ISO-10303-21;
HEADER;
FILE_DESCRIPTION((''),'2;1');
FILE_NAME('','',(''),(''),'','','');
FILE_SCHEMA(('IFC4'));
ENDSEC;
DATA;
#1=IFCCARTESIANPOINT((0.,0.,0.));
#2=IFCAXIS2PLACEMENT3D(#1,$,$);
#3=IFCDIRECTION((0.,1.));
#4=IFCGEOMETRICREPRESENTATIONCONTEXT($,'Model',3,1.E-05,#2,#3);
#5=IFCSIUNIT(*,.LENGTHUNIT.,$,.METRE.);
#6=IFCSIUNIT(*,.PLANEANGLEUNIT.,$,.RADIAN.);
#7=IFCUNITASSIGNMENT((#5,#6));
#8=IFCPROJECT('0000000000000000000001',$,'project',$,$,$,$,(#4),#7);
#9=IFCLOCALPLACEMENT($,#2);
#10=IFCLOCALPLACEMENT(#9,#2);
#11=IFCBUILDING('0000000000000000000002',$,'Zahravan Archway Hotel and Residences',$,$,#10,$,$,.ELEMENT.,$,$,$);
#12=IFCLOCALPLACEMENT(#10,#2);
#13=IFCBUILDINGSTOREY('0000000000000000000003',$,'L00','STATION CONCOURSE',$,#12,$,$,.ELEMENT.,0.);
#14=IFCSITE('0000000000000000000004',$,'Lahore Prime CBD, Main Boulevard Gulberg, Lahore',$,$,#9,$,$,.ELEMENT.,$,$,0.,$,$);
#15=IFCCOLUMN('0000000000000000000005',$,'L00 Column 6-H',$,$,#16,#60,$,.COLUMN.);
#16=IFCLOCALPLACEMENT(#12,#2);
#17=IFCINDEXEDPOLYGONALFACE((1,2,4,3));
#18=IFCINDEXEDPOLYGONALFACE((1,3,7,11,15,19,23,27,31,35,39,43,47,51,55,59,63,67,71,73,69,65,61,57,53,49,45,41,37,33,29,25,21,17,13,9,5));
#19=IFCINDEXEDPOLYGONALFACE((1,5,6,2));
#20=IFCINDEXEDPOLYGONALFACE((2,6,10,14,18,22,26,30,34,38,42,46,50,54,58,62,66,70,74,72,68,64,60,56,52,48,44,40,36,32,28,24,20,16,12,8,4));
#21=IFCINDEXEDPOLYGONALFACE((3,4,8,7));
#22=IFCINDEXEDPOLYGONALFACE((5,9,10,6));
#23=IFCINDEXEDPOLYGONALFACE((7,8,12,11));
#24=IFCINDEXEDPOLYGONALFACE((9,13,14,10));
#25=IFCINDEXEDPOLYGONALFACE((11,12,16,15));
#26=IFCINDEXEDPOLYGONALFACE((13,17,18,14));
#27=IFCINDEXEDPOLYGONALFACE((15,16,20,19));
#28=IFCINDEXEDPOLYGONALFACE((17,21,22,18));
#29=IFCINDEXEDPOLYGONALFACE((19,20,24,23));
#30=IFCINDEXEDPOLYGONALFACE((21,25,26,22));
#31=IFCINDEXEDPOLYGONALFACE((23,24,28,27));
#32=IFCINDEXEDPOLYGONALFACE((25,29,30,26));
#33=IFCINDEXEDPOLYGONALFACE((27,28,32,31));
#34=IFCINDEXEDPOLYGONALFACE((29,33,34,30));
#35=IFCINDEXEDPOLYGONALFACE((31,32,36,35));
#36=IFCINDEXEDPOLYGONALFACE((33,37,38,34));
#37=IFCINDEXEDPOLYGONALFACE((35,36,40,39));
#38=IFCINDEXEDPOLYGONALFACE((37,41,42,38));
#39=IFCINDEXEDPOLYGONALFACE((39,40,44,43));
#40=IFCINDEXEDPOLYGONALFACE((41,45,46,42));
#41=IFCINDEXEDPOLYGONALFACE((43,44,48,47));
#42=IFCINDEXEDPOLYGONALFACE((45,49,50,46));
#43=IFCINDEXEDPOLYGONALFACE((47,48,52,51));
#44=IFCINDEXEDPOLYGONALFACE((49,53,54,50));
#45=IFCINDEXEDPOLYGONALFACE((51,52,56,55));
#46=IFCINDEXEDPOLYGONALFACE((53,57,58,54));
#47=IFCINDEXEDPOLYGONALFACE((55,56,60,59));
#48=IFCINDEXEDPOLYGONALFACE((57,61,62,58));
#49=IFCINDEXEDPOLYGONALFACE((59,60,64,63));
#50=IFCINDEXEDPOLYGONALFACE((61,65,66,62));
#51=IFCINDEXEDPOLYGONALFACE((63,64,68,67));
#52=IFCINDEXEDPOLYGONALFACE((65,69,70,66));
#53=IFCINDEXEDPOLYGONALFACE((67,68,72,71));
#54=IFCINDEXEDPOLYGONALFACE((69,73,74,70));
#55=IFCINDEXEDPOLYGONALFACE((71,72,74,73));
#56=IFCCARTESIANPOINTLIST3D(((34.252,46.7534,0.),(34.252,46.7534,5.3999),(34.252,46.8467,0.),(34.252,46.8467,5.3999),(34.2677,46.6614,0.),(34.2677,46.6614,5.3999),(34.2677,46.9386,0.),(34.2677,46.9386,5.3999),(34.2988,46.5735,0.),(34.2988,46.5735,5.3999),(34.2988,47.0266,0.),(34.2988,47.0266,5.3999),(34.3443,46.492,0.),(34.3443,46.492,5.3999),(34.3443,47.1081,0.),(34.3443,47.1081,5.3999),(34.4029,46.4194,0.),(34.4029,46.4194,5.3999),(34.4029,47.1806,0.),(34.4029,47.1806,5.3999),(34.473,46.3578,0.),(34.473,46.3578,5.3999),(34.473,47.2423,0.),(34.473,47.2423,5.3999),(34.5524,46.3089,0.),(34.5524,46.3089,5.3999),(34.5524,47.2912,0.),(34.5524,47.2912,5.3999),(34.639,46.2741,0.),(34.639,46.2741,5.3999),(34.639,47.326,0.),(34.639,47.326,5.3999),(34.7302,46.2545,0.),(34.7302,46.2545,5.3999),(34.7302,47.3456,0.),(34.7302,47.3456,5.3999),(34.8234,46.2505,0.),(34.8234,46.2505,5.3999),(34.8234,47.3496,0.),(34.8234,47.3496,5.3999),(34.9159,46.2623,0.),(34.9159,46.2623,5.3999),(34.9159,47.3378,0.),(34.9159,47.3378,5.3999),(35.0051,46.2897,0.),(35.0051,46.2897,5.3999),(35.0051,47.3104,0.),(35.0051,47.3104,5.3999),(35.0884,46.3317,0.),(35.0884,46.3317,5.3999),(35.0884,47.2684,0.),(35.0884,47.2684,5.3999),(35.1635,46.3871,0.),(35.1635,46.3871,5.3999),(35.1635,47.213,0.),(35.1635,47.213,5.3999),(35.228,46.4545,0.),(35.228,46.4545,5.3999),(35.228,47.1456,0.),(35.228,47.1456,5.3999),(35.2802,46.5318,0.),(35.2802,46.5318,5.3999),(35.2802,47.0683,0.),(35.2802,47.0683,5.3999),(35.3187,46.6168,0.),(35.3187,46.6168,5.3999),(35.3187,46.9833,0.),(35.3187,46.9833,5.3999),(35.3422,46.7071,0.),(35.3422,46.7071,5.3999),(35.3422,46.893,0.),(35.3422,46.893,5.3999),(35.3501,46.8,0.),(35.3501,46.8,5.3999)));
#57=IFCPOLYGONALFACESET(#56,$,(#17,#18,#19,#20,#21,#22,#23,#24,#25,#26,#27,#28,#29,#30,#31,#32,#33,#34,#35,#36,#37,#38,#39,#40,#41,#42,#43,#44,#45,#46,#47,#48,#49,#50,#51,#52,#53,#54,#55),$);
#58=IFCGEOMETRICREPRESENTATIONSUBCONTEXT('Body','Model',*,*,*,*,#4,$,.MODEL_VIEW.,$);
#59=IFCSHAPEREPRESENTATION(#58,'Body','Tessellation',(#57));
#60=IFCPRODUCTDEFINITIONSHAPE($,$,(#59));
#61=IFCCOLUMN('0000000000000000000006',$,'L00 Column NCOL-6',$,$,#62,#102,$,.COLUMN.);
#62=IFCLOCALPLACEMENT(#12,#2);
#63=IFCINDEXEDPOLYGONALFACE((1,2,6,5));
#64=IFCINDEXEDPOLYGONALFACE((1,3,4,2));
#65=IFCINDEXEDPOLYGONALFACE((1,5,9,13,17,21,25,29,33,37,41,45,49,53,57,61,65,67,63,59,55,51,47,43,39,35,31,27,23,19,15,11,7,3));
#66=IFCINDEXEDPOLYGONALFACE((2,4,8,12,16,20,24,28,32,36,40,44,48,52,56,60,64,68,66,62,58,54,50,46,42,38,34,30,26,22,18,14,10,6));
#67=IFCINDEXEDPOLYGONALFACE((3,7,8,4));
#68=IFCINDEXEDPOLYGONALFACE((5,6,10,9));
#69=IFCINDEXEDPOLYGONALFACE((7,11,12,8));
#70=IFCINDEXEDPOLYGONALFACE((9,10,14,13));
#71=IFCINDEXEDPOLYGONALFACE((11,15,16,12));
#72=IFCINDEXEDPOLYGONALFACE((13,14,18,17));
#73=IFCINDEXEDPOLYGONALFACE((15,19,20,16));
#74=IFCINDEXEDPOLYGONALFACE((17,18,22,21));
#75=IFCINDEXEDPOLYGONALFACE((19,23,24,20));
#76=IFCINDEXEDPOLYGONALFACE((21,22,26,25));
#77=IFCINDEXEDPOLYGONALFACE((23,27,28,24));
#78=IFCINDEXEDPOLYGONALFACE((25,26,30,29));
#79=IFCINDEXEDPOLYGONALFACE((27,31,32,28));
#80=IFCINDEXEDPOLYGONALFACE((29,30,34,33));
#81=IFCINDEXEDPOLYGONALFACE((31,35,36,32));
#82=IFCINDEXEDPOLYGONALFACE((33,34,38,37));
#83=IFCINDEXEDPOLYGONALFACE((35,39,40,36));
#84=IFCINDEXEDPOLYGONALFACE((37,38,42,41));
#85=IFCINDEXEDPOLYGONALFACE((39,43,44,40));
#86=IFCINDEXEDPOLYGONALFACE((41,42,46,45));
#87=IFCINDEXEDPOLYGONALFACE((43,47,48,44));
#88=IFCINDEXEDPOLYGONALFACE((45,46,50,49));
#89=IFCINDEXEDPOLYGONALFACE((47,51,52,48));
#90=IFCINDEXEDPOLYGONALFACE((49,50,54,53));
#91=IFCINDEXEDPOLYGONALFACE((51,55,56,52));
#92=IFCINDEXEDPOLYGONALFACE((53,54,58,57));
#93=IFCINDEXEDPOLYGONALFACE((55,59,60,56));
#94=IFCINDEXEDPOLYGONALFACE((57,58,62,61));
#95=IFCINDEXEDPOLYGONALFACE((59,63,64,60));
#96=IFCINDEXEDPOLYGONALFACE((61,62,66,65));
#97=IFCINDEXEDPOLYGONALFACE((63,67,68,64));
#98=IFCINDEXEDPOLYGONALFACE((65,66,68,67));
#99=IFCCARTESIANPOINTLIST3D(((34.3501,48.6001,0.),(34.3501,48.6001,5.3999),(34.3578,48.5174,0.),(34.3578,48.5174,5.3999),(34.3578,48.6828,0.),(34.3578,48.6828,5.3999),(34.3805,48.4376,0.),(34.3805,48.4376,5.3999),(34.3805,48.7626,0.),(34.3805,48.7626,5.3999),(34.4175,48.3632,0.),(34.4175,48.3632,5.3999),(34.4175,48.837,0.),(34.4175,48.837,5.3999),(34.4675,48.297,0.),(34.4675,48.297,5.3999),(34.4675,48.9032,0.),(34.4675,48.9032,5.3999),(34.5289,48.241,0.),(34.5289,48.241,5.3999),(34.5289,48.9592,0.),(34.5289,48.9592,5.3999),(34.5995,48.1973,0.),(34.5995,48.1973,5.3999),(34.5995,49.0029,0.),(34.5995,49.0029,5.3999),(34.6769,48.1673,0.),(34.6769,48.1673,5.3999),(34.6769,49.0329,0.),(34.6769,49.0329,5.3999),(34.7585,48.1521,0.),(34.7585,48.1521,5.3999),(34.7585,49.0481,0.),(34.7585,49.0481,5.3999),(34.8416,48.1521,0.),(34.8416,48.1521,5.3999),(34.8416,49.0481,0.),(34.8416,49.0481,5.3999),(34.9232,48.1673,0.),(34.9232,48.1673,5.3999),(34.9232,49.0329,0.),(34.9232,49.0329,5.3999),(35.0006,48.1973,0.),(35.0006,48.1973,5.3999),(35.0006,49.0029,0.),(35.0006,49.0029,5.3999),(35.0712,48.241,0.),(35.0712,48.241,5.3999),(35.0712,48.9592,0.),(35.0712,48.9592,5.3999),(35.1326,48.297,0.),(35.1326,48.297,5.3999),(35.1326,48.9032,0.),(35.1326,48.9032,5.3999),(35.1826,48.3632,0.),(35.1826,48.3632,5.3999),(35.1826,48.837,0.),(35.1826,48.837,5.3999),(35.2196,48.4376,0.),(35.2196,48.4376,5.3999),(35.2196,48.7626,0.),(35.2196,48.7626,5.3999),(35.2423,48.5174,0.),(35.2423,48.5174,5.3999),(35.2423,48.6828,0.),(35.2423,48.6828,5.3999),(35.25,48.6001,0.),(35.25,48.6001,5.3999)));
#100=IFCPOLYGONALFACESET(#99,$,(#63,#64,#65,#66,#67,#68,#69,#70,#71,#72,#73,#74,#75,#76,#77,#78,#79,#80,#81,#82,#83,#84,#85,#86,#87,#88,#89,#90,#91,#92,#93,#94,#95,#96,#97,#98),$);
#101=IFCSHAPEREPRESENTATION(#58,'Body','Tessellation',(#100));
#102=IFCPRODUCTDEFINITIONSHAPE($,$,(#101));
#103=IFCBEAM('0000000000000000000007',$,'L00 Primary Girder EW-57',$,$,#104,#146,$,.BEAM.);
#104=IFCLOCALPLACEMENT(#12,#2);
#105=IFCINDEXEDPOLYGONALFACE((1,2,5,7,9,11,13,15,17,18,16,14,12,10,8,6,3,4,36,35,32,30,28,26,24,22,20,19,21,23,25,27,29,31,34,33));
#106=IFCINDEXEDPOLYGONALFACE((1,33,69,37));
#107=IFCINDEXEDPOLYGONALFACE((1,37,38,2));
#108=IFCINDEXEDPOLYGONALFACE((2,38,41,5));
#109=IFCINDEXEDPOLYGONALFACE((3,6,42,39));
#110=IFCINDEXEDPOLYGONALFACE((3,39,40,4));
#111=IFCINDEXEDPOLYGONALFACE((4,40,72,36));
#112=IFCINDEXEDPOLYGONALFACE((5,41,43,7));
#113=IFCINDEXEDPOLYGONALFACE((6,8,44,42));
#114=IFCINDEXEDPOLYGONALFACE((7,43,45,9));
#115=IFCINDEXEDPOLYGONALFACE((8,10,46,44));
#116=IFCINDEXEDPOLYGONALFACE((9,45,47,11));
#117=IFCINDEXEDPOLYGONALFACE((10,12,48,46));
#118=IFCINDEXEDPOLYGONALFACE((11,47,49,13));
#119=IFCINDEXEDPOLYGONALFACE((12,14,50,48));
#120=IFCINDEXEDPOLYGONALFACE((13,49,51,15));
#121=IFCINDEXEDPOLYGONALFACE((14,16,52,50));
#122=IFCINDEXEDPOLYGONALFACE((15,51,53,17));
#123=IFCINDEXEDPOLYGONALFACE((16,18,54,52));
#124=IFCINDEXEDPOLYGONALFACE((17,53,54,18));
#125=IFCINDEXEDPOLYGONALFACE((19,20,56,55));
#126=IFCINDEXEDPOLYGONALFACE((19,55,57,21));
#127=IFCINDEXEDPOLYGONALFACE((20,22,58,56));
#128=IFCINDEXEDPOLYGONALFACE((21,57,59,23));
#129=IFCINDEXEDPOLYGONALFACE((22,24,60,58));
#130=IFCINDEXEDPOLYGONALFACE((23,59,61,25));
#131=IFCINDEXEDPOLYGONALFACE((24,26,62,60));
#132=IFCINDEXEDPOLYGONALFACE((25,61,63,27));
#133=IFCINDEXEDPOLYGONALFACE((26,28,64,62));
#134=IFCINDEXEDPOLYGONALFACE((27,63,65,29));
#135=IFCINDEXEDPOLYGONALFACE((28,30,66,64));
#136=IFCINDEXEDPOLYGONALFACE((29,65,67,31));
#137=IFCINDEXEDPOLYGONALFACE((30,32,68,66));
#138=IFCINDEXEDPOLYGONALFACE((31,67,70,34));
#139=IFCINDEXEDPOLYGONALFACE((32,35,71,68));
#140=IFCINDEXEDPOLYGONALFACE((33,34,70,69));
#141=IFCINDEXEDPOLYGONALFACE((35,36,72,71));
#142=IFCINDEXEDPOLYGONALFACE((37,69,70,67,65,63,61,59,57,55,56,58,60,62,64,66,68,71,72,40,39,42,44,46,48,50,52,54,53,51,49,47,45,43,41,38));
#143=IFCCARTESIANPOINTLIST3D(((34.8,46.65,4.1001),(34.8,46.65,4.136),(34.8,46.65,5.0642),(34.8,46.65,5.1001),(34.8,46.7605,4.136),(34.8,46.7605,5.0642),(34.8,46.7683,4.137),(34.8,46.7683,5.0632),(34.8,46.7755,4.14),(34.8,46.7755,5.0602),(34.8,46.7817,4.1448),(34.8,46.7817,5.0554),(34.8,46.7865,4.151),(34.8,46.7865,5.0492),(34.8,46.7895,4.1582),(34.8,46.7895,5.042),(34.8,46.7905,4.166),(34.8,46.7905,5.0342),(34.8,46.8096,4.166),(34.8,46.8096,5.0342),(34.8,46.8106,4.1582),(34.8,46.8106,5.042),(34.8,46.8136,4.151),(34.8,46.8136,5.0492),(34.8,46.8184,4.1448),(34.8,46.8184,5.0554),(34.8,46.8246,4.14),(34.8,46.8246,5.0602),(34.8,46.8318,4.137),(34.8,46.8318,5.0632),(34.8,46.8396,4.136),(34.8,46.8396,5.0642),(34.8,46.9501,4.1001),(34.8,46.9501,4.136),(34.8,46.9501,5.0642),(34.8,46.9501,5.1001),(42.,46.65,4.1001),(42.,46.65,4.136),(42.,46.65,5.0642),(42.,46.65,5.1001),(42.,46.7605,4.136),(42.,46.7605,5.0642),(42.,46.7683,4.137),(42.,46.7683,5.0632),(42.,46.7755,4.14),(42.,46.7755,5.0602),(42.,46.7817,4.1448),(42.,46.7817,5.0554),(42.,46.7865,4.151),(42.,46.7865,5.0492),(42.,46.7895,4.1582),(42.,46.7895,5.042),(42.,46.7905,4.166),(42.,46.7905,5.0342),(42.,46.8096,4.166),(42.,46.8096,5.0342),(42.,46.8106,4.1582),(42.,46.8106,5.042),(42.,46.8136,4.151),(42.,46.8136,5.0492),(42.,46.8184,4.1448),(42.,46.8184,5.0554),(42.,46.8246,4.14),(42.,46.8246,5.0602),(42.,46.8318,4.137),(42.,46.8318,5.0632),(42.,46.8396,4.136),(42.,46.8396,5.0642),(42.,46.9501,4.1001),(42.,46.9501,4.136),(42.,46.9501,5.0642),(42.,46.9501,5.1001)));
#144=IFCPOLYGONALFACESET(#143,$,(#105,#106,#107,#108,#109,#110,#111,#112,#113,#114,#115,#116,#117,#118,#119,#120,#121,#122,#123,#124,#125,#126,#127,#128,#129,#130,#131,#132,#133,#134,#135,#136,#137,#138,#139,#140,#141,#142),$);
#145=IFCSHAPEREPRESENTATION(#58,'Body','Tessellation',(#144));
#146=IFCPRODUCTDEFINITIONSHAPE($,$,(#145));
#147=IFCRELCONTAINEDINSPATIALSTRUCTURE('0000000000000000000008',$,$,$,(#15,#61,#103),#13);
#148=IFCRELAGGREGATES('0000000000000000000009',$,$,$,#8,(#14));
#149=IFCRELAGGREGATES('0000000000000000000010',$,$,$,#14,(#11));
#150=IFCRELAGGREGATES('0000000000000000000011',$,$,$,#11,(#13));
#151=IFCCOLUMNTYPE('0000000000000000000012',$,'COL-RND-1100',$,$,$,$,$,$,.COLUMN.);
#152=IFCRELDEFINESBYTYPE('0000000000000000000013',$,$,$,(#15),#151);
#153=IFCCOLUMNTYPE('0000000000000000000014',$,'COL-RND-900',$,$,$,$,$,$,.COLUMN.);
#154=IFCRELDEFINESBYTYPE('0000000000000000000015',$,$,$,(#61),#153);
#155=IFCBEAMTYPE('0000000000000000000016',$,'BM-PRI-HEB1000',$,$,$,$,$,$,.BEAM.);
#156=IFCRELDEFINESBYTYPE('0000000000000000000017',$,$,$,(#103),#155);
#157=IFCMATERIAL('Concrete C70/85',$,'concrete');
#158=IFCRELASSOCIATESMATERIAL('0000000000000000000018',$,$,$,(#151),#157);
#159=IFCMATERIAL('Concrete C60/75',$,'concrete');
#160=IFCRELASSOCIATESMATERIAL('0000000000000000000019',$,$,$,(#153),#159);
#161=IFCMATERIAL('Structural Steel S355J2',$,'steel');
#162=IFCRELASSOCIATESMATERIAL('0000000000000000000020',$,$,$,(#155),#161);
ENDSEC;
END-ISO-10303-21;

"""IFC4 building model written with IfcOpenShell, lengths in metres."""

from ifc_helpers import new_model, si_unit, direction, frame, origin, origin_2d, place, context, subcontext, project, spatial, circle, i_section, extrude, source, transform, mapped, material, material_profile, profile_set, type_object, type_shapes, element, save


model = new_model("IFC4")

# Units and contexts
model_context = context("Model", 3, precision=1e-05, world=origin(), true_north=direction((0.0, 1.0)))
body_context = subcontext(model_context, "Body", "Model", "MODEL_VIEW")
ifc_project = project(units=[si_unit("LENGTHUNIT", "METRE"), si_unit("PLANEANGLEUNIT", "RADIAN")], contexts=[model_context])

# Site, building, storey
site_placement = place(None, origin())
site = spatial("IfcSite", under=ifc_project, at=site_placement, Name="Lahore Prime CBD, Main Boulevard Gulberg, Lahore", CompositionType="ELEMENT", RefElevation=0.0)
building_placement = place(site_placement, origin())
building = spatial("IfcBuilding", under=site, at=building_placement, Name="Zahravan Archway Hotel and Residences", CompositionType="ELEMENT")
storey_placement = place(building_placement, origin())
storey = spatial("IfcBuildingStorey", under=building, at=storey_placement, Name="L00", Description="STATION CONCOURSE", CompositionType="ELEMENT", Elevation=0.0)

# Columns
ifc_material_1 = material(Name="Concrete C70/85", Category="concrete")
ifc_material_profile_1 = material_profile(ifc_material_1, circle(Radius=0.55, at=origin_2d()), Name="RC-CIRC-1100", Category="concrete")
ifc_profile_set_1 = profile_set([ifc_material_profile_1], Name="Concrete C70/85")
column_type_1 = type_object("IfcColumnType", Name="COL-RND-1100", PredefinedType="COLUMN", material=ifc_profile_set_1)
shared_shape_1 = source(origin(), body_context, "Body", "SweptSolid", [
    extrude(circle(Radius=0.55, at=origin_2d()), origin(), (0.0, 0.0, 1.0), 5.3999),
])
type_shapes(column_type_1, [shared_shape_1])
column_1_placement = place(storey_placement, frame((34.8, 46.8, 0.0), z_axis=(0.0, 0.0, 1.0), x_axis=(1.0, 0.0, 0.0)))
element("IfcColumn", 1, at=column_1_placement, inside=storey, type_object=column_type_1, Name="L00 Column 6-H", PredefinedType="COLUMN", context=body_context, shape_type="MappedRepresentation", body=[
    mapped(shared_shape_1, transform((0.0, 0.0, 0.0), scale=1.0)),
])
ifc_material_2 = material(Name="Concrete C60/75", Category="concrete")
ifc_material_profile_2 = material_profile(ifc_material_2, circle(Radius=0.45, at=origin_2d()), Name="RC-CIRC-900", Category="concrete")
ifc_profile_set_2 = profile_set([ifc_material_profile_2], Name="Concrete C60/75")
column_type_2 = type_object("IfcColumnType", Name="COL-RND-900", PredefinedType="COLUMN", material=ifc_profile_set_2)
shared_shape_2 = source(origin(), body_context, "Body", "SweptSolid", [
    extrude(circle(Radius=0.45, at=origin_2d()), origin(), (0.0, 0.0, 1.0), 5.3999),
])
type_shapes(column_type_2, [shared_shape_2])
column_2_placement = place(storey_placement, frame((34.8, 48.6001, 0.0), z_axis=(0.0, 0.0, 1.0), x_axis=(1.0, 0.0, 0.0)))
element("IfcColumn", 2, at=column_2_placement, inside=storey, type_object=column_type_2, Name="L00 Column NCOL-6", PredefinedType="COLUMN", context=body_context, shape_type="MappedRepresentation", body=[
    mapped(shared_shape_2, transform((0.0, 0.0, 0.0), scale=1.0)),
])

# Beam
ifc_material_3 = material(Name="Structural Steel S355J2", Category="steel")
ifc_material_profile_3 = material_profile(ifc_material_3, i_section(OverallWidth=0.3, OverallDepth=1.0, WebThickness=0.019, FlangeThickness=0.0359, FilletRadius=0.03, at=origin_2d()), Name="HEB 1000", Category="steel")
ifc_profile_set_3 = profile_set([ifc_material_profile_3], Name="Structural Steel S355J2")
beam_type_1 = type_object("IfcBeamType", Name="BM-PRI-HEB1000", PredefinedType="BEAM", material=ifc_profile_set_3)
shared_shape_3 = source(origin(), body_context, "Body", "SweptSolid", [
    extrude(i_section(OverallWidth=0.3, OverallDepth=1.0, WebThickness=0.019, FlangeThickness=0.0359, FilletRadius=0.03, at=origin_2d()), origin(), (0.0, 0.0, 1.0), 7.2),
])
beam_1_placement = place(storey_placement, frame((34.8, 46.8, 4.6001), z_axis=(1.0, 0.0, 0.0), x_axis=(0.0, 1.0, 0.0)))
element("IfcBeam", 3, at=beam_1_placement, inside=storey, type_object=beam_type_1, Name="L00 Primary Girder EW-57", PredefinedType="BEAM", context=body_context, shape_type="MappedRepresentation", body=[
    mapped(shared_shape_3, transform((0.0, 0.0, 0.0), scale=1.0)),
])

save(model, "model.ifc")
